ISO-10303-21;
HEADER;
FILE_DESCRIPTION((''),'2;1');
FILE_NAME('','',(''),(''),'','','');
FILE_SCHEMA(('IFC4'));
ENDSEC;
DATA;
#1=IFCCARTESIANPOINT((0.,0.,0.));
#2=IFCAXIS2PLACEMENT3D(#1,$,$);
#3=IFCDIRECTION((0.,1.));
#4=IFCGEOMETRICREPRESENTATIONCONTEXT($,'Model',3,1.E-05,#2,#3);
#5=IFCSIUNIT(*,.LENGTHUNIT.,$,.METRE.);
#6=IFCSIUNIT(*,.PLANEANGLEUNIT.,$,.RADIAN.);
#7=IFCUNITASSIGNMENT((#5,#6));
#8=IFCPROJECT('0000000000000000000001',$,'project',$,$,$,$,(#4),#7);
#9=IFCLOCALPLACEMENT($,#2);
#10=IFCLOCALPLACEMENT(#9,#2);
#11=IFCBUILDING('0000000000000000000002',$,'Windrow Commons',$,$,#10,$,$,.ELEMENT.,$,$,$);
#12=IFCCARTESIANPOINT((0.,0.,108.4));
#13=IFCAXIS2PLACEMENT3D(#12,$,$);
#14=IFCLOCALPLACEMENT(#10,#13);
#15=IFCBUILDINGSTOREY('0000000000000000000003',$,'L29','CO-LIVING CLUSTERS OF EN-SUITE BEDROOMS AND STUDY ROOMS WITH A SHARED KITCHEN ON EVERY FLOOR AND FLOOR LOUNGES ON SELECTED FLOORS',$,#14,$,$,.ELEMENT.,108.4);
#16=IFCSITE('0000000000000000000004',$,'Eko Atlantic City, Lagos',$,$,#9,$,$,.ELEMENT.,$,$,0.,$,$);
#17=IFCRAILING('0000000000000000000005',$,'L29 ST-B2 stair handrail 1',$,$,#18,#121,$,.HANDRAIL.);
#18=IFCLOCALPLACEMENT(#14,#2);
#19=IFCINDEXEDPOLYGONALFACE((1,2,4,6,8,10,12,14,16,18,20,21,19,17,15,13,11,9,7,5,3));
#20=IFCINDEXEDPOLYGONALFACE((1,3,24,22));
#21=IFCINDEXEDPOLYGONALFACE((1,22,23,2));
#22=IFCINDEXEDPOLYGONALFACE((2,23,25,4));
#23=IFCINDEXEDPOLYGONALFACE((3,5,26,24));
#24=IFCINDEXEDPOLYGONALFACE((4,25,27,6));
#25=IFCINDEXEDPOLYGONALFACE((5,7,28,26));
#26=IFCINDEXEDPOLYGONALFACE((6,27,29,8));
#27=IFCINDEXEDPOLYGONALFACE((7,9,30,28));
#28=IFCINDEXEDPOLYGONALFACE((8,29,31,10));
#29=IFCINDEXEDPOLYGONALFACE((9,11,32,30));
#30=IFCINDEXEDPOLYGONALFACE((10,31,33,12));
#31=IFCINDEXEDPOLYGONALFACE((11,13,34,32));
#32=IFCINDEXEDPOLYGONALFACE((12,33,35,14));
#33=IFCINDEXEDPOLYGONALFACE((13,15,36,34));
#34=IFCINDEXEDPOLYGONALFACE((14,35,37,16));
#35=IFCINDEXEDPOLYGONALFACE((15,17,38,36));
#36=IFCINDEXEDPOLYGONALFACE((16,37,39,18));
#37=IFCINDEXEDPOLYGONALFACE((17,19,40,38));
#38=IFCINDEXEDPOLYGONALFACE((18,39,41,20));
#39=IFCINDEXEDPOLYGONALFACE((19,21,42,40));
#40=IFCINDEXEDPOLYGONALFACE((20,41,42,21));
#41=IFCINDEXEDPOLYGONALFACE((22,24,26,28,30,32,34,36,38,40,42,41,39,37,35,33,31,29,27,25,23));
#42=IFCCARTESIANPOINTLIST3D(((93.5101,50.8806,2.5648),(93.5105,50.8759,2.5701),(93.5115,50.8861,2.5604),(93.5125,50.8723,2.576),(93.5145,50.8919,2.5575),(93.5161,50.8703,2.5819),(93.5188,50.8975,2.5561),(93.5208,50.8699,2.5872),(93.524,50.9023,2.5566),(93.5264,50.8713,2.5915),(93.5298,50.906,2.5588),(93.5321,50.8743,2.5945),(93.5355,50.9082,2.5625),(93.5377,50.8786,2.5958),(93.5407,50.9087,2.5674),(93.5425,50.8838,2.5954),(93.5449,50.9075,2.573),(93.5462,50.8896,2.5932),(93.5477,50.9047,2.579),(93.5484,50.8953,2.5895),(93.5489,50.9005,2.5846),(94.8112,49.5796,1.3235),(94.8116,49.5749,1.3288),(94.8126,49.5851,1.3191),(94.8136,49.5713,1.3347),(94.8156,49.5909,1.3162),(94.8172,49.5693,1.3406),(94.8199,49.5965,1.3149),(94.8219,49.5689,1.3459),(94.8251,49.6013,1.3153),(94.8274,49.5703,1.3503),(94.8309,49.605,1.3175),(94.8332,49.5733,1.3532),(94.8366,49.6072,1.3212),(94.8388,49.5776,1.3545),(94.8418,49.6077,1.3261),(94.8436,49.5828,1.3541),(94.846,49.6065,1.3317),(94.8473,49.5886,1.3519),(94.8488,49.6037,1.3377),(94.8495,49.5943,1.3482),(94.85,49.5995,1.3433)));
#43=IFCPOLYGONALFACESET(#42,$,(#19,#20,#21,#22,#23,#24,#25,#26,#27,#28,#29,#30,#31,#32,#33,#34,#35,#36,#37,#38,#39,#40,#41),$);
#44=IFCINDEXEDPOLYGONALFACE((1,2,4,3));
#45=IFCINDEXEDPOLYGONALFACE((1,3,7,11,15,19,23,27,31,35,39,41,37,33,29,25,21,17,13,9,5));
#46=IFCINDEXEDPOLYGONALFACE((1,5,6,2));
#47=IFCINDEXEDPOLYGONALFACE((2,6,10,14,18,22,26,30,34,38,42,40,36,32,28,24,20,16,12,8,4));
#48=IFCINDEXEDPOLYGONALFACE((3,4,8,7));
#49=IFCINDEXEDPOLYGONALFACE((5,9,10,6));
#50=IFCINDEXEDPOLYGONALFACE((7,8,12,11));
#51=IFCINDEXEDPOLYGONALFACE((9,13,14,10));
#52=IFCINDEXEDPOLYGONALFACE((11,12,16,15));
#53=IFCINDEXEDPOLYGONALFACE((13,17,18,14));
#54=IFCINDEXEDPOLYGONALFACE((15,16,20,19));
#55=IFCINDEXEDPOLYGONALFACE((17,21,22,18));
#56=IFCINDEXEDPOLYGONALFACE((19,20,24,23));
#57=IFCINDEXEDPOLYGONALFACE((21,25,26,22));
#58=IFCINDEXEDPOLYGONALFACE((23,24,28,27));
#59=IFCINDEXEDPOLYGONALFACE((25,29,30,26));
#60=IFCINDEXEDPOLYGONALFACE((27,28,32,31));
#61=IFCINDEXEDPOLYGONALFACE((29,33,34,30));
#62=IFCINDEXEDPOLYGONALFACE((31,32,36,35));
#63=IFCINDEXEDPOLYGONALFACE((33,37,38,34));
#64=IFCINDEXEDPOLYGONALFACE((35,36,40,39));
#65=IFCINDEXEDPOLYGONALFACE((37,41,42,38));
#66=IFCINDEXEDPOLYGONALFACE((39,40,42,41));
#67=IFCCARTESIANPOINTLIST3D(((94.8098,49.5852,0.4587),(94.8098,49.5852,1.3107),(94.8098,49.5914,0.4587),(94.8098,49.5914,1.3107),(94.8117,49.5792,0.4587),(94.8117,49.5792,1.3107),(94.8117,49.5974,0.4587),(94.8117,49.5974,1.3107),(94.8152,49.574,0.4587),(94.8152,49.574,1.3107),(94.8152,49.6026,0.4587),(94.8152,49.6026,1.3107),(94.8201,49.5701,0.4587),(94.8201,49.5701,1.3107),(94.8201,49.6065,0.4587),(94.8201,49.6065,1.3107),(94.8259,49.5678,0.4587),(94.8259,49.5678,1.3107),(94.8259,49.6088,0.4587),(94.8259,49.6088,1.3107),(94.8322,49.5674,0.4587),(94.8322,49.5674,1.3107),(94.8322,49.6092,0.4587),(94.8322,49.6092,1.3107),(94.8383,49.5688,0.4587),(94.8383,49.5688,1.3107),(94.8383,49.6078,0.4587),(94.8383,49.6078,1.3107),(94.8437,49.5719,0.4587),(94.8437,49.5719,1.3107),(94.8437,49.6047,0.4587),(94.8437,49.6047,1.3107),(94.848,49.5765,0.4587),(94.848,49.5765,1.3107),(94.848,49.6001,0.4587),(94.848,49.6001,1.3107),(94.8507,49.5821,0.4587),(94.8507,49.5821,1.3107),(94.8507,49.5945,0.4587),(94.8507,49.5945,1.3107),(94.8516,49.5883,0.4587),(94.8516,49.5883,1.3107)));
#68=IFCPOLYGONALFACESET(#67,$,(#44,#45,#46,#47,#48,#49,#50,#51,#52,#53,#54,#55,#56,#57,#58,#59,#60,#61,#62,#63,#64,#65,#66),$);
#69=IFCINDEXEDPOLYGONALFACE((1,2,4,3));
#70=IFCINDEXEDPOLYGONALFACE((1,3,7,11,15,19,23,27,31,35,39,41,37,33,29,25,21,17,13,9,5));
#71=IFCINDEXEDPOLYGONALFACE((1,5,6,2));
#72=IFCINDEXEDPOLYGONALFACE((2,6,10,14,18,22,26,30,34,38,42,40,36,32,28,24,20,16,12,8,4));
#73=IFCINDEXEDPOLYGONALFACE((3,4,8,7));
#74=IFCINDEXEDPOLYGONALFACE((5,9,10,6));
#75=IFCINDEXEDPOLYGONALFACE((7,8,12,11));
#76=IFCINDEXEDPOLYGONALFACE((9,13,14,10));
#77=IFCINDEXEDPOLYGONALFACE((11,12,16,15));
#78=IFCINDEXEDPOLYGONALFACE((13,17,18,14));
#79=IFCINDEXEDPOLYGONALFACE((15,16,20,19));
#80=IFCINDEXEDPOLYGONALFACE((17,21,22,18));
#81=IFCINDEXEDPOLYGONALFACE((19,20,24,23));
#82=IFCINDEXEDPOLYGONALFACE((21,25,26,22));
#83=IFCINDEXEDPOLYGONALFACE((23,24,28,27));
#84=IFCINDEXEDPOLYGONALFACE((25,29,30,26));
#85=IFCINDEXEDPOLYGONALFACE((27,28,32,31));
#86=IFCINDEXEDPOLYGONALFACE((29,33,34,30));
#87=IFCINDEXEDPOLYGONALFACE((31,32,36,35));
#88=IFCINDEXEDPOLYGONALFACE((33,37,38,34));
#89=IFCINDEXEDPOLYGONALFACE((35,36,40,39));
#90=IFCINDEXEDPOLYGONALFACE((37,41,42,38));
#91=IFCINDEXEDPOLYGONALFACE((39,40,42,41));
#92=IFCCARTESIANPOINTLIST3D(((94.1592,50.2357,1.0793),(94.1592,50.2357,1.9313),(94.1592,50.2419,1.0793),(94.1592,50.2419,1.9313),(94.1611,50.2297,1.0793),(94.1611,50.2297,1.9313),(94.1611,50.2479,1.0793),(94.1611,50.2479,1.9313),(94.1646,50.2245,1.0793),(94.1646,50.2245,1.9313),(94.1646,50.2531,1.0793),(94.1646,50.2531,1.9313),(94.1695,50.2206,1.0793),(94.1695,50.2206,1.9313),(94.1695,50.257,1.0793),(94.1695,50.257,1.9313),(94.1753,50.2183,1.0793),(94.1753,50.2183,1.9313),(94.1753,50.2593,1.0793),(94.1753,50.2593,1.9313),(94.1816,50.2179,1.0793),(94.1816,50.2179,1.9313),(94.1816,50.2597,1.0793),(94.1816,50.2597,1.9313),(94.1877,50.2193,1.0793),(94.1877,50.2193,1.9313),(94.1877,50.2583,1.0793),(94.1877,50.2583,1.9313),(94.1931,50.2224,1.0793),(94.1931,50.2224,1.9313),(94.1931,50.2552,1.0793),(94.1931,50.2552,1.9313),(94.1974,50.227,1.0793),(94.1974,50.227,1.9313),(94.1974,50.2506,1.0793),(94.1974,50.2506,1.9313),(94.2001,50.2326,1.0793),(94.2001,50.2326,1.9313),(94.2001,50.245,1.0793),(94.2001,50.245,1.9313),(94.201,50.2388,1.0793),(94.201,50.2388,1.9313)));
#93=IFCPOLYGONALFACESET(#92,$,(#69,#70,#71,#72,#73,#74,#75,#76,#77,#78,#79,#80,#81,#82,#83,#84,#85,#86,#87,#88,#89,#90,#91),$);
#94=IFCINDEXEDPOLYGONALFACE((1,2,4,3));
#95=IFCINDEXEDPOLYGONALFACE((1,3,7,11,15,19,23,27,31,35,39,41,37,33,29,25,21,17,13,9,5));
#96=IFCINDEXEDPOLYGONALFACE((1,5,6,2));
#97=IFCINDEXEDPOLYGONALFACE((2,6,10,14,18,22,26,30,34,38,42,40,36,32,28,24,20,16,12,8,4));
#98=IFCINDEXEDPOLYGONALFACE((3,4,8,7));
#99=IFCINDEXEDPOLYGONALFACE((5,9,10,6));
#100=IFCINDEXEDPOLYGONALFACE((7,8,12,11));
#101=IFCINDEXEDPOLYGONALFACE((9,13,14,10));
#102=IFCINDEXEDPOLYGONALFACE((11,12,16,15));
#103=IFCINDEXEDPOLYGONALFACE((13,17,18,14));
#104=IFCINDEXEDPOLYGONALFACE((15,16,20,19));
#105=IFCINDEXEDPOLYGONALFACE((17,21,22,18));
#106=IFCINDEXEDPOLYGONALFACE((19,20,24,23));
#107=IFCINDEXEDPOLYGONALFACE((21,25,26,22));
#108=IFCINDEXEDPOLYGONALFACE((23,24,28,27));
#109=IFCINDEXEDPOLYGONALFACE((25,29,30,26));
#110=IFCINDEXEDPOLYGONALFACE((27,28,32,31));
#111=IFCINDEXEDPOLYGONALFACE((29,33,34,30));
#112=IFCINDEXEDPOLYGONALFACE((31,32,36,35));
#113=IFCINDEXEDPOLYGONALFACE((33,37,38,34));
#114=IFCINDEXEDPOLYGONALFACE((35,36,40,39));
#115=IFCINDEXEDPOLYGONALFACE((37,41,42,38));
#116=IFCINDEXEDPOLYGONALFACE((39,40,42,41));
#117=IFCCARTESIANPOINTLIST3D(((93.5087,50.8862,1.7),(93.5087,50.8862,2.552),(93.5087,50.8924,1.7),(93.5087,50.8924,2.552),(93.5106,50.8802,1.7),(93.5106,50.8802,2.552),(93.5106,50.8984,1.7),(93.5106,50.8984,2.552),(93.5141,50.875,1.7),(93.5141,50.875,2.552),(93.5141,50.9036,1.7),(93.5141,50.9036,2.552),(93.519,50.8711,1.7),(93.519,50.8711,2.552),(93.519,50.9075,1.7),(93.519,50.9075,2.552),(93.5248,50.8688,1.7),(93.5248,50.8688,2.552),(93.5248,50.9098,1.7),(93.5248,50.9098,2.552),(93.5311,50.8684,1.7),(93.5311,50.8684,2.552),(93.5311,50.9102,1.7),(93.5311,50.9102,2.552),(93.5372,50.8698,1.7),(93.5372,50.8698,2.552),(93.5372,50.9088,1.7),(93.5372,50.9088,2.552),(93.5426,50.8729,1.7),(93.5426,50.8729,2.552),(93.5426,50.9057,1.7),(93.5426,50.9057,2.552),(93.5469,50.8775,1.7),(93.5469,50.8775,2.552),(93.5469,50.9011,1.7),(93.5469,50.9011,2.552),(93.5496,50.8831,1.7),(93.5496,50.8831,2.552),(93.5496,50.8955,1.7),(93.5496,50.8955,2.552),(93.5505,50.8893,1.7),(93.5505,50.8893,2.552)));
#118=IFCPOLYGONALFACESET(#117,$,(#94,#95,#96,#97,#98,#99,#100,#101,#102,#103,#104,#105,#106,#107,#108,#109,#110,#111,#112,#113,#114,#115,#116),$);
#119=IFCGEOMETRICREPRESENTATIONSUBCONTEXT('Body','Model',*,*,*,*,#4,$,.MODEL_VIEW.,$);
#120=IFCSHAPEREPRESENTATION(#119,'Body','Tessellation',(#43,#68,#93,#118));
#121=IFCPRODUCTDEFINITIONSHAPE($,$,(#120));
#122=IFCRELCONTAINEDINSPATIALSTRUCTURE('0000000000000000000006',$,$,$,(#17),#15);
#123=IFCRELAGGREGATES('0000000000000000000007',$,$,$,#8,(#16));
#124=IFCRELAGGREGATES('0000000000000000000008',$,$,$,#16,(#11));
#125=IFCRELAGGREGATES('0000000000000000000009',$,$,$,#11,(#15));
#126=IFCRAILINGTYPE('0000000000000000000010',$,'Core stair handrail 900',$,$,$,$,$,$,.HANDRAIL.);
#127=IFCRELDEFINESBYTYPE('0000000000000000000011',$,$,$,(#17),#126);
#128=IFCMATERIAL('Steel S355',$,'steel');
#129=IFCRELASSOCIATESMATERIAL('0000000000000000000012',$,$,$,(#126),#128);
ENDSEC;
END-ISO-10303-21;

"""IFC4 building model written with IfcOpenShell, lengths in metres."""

from ifc_helpers import new_model, si_unit, direction, frame, origin, origin_2d, place, context, subcontext, project, spatial, circle, extrude, material, type_object, element, save


model = new_model("IFC4")

# Units and contexts
model_context = context("Model", 3, precision=1e-05, world=origin(), true_north=direction((0.0, 1.0)))
body_context = subcontext(model_context, "Body", "Model", "MODEL_VIEW")
ifc_project = project(units=[si_unit("LENGTHUNIT", "METRE"), si_unit("PLANEANGLEUNIT", "RADIAN")], contexts=[model_context])

# Site, building, storey
site_placement = place(None, origin())
site = spatial("IfcSite", under=ifc_project, at=site_placement, Name="Eko Atlantic City, Lagos", CompositionType="ELEMENT", RefElevation=0.0)
building_placement = place(site_placement, origin())
building = spatial("IfcBuilding", under=site, at=building_placement, Name="Windrow Commons", CompositionType="ELEMENT")
storey_placement = place(building_placement, frame((0.0, 0.0, 108.4)))
storey = spatial("IfcBuildingStorey", under=building, at=storey_placement, Name="L29", Description="CO-LIVING CLUSTERS OF EN-SUITE BEDROOMS AND STUDY ROOMS WITH A SHARED KITCHEN ON EVERY FLOOR AND FLOOR LOUNGES ON SELECTED FLOORS", CompositionType="ELEMENT", Elevation=108.4)

# Railing
ifc_material_1 = material(Name="Steel S355", Category="steel")
railing_type_1 = type_object("IfcRailingType", Name="Core stair handrail 900", PredefinedType="HANDRAIL", material=ifc_material_1)
railing_1_placement = place(storey_placement, frame((94.8306, 49.5883, 0.4587)))
element("IfcRailing", 1, at=railing_1_placement, inside=storey, type_object=railing_type_1, Name="L29 ST-B2 stair handrail 1", PredefinedType="HANDRAIL", context=body_context, shape_type="SweptSolid", body=[
    extrude(circle(Radius=0.024, at=origin_2d()), frame((0.0, 0.0, 0.876), z_axis=(-0.586207, 0.586162, 0.559264), x_axis=(-0.70708, -0.707134, 0.0)), (0.0, 0.0, 1.0), 2.2195),
    extrude(circle(Radius=0.021, at=origin_2d()), origin(), (0.0, 0.0, 1.0), 0.852),
    extrude(circle(Radius=0.021, at=origin_2d()), frame((-0.6506, 0.6505, 0.6206)), (0.0, 0.0, 1.0), 0.852),
    extrude(circle(Radius=0.021, at=origin_2d()), frame((-1.3011, 1.301, 1.2413)), (0.0, 0.0, 1.0), 0.852),
])

save(model, "model.ifc")
